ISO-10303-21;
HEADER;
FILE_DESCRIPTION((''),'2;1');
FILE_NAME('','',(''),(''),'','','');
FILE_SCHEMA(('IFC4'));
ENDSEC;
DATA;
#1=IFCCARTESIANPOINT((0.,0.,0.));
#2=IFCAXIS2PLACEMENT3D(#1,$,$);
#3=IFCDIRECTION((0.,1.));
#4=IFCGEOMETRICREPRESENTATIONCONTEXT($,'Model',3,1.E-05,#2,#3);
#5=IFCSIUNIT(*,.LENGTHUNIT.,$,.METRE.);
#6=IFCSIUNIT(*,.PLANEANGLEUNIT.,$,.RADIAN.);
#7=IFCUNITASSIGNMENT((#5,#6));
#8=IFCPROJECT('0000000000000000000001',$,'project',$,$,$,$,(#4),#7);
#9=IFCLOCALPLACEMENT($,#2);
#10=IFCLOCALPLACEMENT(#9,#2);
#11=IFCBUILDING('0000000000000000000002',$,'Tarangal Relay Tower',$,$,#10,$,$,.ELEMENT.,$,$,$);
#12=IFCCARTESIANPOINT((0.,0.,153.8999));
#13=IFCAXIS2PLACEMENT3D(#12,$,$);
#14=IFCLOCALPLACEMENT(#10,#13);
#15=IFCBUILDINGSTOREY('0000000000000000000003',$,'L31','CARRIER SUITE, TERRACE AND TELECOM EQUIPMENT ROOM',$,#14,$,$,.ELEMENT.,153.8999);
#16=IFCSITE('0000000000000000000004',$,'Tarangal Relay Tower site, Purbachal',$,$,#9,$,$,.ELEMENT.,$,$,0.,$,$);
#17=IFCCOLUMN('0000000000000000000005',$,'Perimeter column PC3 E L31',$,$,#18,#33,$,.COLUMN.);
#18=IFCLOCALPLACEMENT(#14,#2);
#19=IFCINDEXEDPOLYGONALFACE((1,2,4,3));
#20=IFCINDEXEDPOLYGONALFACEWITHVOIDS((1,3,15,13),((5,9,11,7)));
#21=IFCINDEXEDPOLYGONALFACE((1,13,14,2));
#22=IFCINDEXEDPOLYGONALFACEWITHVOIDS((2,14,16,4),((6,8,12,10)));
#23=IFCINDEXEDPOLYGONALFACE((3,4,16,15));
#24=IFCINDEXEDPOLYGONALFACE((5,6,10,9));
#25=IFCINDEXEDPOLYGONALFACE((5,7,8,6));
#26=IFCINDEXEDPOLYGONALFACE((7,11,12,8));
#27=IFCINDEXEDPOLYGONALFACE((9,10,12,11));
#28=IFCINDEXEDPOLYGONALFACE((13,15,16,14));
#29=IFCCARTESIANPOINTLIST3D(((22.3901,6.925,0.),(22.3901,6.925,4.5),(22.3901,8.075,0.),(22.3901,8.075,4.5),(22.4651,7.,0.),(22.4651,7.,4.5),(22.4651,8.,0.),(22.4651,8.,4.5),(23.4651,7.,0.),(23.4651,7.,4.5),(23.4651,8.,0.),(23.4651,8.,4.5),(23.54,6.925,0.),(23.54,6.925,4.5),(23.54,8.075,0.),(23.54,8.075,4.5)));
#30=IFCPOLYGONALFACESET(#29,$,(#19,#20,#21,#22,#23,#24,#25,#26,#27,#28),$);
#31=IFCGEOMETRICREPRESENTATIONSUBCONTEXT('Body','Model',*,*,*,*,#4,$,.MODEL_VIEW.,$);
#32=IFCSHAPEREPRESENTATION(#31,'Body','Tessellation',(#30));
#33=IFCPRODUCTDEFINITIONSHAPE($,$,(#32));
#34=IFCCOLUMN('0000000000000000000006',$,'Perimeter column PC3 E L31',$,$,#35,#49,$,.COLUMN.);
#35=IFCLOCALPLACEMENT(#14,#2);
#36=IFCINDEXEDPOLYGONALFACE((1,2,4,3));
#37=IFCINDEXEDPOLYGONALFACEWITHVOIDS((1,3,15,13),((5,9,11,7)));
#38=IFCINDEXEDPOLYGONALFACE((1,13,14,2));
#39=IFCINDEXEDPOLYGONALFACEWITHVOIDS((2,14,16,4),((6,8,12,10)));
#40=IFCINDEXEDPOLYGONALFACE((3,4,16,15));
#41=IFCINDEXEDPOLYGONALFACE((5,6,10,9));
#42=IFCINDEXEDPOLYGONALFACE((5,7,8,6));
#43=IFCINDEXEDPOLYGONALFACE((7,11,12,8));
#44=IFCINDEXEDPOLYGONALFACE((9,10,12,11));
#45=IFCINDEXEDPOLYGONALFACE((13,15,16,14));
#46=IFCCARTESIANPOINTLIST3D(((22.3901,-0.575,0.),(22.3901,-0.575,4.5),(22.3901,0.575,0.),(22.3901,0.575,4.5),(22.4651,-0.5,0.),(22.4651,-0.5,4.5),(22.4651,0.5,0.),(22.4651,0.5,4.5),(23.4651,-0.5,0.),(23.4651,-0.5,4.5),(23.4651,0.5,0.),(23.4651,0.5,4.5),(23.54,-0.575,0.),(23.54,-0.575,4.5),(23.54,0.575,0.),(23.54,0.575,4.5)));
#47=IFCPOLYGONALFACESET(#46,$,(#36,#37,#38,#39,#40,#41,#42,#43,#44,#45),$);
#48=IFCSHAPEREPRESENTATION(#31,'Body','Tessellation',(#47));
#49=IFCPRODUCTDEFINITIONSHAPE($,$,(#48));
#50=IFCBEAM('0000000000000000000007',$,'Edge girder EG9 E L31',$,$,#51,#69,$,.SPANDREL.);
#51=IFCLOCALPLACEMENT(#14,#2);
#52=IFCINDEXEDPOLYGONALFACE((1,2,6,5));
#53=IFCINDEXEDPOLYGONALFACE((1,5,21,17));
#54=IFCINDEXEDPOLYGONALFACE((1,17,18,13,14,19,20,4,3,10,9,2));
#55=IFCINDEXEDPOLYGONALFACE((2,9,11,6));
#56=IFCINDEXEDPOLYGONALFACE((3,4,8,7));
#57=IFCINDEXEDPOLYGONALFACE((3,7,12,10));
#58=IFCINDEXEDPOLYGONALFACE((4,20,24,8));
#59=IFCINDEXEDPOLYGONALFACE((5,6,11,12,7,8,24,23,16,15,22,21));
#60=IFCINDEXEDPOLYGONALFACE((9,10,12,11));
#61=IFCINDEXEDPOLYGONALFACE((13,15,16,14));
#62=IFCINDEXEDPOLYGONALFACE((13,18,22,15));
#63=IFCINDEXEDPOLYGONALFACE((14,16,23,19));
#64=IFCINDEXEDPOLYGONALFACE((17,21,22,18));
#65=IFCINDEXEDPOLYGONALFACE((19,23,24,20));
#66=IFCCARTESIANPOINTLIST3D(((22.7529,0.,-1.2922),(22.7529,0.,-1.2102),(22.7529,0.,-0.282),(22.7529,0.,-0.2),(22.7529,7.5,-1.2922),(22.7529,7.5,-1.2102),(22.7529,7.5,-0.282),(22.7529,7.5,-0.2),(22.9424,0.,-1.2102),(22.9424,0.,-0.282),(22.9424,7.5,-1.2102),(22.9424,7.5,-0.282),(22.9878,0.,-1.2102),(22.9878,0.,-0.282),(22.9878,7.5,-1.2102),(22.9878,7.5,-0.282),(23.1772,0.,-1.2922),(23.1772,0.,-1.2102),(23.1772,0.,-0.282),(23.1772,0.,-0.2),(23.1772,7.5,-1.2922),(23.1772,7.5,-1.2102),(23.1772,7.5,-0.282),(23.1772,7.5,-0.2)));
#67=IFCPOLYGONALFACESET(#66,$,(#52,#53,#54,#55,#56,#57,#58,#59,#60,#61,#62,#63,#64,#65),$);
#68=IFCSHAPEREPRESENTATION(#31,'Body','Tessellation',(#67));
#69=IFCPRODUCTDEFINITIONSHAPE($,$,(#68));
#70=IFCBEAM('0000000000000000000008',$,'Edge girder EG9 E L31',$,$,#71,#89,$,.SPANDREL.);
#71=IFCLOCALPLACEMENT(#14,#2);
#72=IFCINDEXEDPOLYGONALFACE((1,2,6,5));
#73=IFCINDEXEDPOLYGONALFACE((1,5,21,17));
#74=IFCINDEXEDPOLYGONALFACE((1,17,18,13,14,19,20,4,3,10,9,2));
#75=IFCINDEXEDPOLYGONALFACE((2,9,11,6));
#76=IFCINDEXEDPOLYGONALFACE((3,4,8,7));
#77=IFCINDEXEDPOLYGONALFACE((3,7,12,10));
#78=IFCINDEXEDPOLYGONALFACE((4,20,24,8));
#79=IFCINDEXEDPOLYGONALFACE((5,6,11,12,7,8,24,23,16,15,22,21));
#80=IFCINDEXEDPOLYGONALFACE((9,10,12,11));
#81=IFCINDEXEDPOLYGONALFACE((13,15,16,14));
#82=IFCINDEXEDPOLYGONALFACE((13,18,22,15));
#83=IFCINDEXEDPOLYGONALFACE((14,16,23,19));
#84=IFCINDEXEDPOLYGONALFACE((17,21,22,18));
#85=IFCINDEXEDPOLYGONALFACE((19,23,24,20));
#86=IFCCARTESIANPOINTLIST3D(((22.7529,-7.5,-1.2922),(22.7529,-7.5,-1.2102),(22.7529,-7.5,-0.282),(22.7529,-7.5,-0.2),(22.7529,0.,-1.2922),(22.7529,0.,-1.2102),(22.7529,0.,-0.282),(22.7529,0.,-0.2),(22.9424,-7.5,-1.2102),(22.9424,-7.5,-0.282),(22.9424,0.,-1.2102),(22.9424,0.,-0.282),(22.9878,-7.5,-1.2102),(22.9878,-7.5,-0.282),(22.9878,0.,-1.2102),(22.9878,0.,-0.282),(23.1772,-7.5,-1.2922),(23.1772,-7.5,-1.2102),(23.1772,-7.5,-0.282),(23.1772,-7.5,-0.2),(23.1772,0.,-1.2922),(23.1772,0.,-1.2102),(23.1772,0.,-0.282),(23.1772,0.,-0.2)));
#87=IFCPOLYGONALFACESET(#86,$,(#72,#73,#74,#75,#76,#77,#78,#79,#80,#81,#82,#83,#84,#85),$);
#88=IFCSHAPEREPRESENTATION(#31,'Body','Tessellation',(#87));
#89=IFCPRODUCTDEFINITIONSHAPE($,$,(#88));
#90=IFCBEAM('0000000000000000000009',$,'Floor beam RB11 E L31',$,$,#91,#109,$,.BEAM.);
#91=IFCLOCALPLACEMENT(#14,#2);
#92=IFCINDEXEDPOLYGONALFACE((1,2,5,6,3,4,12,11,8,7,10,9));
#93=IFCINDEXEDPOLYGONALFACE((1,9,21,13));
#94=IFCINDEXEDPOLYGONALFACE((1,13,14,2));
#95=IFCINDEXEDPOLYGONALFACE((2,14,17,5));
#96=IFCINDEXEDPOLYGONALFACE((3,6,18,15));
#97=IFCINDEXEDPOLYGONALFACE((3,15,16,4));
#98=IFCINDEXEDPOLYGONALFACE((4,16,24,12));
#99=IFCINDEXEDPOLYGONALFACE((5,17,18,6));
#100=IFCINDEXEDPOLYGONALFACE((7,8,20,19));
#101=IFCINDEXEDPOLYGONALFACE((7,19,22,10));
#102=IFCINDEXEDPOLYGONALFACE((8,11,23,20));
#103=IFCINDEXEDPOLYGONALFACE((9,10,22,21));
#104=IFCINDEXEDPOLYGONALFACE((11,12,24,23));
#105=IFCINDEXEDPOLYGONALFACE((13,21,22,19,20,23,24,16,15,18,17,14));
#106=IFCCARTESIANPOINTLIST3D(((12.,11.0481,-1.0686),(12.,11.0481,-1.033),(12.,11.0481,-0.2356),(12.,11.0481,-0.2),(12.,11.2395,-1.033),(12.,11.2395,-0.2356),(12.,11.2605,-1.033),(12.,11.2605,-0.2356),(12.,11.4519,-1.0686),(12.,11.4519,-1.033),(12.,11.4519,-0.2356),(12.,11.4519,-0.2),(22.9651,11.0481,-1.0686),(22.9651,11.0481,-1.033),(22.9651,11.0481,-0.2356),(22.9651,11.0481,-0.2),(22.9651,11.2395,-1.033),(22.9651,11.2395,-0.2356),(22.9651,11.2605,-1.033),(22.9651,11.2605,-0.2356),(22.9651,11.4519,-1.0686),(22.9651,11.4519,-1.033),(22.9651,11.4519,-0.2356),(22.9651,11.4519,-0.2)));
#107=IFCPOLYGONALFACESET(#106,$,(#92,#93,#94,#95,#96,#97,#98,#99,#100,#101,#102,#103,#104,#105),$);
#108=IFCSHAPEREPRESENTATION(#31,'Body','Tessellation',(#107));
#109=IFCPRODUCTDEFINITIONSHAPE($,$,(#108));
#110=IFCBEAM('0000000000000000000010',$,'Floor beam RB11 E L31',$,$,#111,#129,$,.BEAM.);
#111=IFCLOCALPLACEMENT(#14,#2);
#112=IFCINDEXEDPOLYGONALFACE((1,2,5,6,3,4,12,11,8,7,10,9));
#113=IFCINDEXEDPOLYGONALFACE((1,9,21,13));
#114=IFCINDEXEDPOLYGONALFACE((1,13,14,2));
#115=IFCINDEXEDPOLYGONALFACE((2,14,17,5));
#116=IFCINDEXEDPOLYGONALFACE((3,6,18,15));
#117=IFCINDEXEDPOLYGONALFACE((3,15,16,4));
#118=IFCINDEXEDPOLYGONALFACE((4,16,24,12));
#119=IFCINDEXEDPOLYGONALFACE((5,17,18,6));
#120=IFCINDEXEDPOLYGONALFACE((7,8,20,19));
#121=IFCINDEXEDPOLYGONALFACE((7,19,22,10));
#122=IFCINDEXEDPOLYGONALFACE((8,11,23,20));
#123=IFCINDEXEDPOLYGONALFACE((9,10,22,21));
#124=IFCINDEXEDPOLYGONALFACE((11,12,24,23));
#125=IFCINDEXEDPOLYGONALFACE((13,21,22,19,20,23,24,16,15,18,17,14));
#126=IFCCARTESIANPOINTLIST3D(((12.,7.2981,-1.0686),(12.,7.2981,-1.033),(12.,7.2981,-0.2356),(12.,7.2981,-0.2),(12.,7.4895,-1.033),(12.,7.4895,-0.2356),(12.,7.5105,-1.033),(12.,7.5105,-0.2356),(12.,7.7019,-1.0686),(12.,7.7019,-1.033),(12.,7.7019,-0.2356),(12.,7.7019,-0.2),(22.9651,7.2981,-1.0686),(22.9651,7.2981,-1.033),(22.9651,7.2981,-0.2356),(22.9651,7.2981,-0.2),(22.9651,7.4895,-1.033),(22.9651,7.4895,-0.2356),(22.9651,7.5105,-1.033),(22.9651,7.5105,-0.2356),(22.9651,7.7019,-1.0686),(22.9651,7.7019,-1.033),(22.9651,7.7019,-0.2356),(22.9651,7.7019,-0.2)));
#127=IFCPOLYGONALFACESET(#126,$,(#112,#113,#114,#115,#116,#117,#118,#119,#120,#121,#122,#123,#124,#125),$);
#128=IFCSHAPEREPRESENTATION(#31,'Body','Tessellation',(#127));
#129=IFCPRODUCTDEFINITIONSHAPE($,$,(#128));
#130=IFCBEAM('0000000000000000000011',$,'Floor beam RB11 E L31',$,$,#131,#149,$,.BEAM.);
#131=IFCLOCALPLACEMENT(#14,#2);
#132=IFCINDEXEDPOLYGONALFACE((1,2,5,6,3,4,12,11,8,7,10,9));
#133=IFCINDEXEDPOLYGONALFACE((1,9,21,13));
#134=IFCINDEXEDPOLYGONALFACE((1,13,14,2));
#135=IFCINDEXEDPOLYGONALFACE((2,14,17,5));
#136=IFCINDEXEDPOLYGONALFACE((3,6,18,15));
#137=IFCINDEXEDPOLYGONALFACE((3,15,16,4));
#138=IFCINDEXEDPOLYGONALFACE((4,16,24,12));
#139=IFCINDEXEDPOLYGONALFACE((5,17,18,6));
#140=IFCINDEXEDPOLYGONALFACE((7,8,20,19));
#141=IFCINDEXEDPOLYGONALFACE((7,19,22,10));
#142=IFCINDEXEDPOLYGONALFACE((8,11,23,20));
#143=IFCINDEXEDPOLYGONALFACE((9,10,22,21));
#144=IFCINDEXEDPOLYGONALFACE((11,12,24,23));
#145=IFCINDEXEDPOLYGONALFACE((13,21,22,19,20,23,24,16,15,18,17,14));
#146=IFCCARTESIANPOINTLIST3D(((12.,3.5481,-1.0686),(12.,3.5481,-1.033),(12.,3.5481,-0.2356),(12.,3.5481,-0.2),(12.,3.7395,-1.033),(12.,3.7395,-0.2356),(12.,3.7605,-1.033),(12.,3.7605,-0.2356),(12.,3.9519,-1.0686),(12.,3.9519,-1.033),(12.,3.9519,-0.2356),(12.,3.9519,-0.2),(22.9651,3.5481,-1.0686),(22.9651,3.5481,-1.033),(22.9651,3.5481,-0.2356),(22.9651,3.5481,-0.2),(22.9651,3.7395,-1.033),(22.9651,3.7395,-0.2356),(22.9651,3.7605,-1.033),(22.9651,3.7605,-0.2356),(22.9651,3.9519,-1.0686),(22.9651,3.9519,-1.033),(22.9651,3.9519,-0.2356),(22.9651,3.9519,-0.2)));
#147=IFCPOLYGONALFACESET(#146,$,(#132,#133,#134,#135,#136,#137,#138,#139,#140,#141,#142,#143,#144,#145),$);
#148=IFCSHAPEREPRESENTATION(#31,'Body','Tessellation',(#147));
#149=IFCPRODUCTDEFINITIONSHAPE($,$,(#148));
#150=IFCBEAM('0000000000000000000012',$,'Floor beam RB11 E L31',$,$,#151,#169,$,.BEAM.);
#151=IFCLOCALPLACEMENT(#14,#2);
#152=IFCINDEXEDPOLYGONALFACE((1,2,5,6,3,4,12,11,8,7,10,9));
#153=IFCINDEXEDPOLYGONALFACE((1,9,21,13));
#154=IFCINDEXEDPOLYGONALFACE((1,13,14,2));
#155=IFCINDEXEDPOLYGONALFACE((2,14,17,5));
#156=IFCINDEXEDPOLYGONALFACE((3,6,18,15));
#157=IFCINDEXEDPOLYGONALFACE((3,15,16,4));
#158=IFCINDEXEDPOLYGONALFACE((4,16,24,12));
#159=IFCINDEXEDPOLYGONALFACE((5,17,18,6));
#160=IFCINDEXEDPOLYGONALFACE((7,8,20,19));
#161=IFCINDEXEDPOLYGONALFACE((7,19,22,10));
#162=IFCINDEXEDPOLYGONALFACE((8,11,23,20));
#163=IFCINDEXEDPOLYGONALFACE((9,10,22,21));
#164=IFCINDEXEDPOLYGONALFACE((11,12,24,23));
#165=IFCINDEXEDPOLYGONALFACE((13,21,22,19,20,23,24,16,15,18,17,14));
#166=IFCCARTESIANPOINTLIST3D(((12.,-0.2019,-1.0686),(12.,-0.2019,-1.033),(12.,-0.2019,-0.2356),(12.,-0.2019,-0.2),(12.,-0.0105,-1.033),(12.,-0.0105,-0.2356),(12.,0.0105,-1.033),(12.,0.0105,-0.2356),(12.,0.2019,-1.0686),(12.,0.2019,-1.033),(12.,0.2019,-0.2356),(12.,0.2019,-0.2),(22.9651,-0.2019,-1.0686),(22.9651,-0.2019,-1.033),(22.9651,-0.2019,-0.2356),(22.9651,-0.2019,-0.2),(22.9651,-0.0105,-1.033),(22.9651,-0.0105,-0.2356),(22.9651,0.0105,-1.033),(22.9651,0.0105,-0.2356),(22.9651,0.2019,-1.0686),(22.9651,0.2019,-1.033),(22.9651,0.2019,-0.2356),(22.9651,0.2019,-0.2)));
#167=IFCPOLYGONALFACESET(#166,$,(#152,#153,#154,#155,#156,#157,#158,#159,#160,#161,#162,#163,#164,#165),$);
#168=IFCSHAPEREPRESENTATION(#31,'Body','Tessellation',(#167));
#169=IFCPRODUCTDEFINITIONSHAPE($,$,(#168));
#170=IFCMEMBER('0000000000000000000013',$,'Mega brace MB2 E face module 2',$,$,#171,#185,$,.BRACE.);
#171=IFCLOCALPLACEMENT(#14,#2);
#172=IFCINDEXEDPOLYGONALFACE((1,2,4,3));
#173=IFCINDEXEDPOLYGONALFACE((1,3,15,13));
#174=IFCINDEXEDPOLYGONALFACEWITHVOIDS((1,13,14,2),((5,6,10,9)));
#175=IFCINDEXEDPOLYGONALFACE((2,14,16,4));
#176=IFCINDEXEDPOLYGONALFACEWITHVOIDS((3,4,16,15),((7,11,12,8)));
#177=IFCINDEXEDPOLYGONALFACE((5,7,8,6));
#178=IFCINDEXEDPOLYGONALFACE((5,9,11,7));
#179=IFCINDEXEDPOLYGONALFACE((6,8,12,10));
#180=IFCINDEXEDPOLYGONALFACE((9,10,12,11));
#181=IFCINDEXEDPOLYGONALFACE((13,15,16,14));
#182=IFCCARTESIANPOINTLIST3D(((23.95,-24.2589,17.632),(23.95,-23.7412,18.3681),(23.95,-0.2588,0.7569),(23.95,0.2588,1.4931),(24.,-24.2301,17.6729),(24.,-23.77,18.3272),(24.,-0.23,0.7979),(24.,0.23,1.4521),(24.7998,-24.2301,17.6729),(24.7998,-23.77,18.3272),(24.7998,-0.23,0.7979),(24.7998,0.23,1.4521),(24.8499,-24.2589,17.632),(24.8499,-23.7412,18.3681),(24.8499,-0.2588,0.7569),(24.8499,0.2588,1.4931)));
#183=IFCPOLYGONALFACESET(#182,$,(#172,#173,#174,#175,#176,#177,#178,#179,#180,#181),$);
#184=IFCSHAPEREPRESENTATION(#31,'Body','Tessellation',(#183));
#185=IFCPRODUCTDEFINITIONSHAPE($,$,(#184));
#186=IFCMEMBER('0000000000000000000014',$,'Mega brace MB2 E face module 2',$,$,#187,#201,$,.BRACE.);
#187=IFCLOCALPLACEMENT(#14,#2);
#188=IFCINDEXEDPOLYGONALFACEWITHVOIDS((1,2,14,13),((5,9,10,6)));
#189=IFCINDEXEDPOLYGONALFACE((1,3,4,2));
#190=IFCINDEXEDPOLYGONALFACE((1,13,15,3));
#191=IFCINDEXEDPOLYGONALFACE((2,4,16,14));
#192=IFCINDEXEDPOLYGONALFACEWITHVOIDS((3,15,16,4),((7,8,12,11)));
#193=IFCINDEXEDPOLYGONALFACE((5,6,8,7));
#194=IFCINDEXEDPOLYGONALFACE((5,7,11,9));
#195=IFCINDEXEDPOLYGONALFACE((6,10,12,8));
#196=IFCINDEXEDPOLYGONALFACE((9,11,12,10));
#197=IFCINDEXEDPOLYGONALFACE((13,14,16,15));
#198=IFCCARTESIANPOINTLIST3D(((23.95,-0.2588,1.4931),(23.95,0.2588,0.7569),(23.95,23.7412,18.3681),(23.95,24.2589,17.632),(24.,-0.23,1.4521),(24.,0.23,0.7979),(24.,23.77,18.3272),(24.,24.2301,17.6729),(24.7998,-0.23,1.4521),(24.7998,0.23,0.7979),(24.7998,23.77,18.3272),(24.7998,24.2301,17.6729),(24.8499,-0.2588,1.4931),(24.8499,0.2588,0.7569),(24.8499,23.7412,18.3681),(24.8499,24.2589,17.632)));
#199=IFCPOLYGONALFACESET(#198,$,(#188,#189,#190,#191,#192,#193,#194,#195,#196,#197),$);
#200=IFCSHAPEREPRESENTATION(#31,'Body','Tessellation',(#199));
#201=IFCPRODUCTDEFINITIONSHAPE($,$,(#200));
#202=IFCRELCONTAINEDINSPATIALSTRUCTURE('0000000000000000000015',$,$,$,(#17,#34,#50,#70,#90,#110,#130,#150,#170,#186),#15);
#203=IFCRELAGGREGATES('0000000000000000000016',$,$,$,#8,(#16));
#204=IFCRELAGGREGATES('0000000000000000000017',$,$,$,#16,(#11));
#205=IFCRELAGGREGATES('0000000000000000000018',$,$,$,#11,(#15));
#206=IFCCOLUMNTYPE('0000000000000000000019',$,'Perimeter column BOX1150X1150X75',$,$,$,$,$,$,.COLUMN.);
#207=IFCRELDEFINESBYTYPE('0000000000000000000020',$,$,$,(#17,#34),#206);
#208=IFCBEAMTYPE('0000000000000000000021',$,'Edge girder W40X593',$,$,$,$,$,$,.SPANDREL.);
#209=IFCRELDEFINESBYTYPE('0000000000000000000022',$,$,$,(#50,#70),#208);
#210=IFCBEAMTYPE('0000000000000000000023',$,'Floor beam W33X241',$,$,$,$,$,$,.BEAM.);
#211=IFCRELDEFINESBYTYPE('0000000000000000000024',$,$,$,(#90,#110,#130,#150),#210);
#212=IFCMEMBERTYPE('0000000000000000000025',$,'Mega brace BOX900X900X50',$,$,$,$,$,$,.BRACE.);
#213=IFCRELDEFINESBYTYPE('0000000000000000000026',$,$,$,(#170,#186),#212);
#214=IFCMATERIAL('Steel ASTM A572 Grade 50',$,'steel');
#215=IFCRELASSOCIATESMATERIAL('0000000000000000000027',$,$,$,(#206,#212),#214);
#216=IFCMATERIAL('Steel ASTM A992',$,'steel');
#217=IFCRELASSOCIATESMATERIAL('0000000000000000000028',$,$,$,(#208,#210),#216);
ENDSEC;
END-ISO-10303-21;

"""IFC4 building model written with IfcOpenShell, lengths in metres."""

from ifc_helpers import new_model, si_unit, direction, frame, origin, origin_2d, place, context, subcontext, project, spatial, hollow_rectangle, i_section, extrude, material, material_profile, profile_set, type_object, element, save


model = new_model("IFC4")

# Units and contexts
model_context = context("Model", 3, precision=1e-05, world=origin(), true_north=direction((0.0, 1.0)))
body_context = subcontext(model_context, "Body", "Model", "MODEL_VIEW")
ifc_project = project(units=[si_unit("LENGTHUNIT", "METRE"), si_unit("PLANEANGLEUNIT", "RADIAN")], contexts=[model_context])

# Site, building, storey
site_placement = place(None, origin())
site = spatial("IfcSite", under=ifc_project, at=site_placement, Name="Tarangal Relay Tower site, Purbachal", CompositionType="ELEMENT", RefElevation=0.0)
building_placement = place(site_placement, origin())
building = spatial("IfcBuilding", under=site, at=building_placement, Name="Tarangal Relay Tower", CompositionType="ELEMENT")
storey_placement = place(building_placement, frame((0.0, 0.0, 153.8999)))
storey = spatial("IfcBuildingStorey", under=building, at=storey_placement, Name="L31", Description="CARRIER SUITE, TERRACE AND TELECOM EQUIPMENT ROOM", CompositionType="ELEMENT", Elevation=153.8999)

# Columns
ifc_material_1 = material(Name="Steel ASTM A572 Grade 50", Category="steel")
ifc_material_profile_1 = material_profile(ifc_material_1, hollow_rectangle(XDim=1.1499, YDim=1.1499, WallThickness=0.075, at=origin_2d()), Name="BOX1150X1150X75")
ifc_profile_set_1 = profile_set([ifc_material_profile_1], Name="Steel ASTM A572 Grade 50")
column_type = type_object("IfcColumnType", Name="Perimeter column BOX1150X1150X75", PredefinedType="COLUMN", material=ifc_profile_set_1)
for number, where, z_axis, x_axis, name in (
    (1, (22.9651, 7.5, 0.0), (0.0, 0.0, 1.0), (1.0, 0.0, 0.0), "Perimeter column PC3 E L31"),
    (2, (22.9651, 0.0, 0.0), (0.0, 0.0, 1.0), (1.0, 0.0, 0.0), "Perimeter column PC3 E L31"),
):
    element("IfcColumn", number, at=place(storey_placement, frame(where, z_axis=z_axis, x_axis=x_axis)), inside=storey, type_object=column_type, Name=name, PredefinedType="COLUMN", context=body_context, shape_type="SweptSolid", body=[
        extrude(hollow_rectangle(XDim=1.1499, YDim=1.1499, WallThickness=0.075, at=origin_2d()), origin(), (0.0, 0.0, 1.0), 4.5),
    ])

# Beams
ifc_material_2 = material(Name="Steel ASTM A992", Category="steel")
ifc_material_profile_2 = material_profile(ifc_material_2, i_section(OverallWidth=0.4243, OverallDepth=1.0923, WebThickness=0.0454, FlangeThickness=0.082, at=origin_2d()), Name="W40X593")
ifc_profile_set_2 = profile_set([ifc_material_profile_2], Name="Steel ASTM A992")
beam_type_1 = type_object("IfcBeamType", Name="Edge girder W40X593", PredefinedType="SPANDREL", material=ifc_profile_set_2)
for number, where, z_axis, x_axis, name in (
    (3, (22.9651, 7.5, -0.7461), (0.0, -1.0, 0.0), (1.0, 0.0, 0.0), "Edge girder EG9 E L31"),
    (4, (22.9651, 0.0, -0.7461), (0.0, -1.0, 0.0), (1.0, 0.0, 0.0), "Edge girder EG9 E L31"),
):
    element("IfcBeam", number, at=place(storey_placement, frame(where, z_axis=z_axis, x_axis=x_axis)), inside=storey, type_object=beam_type_1, Name=name, PredefinedType="SPANDREL", context=body_context, shape_type="SweptSolid", body=[
        extrude(i_section(OverallWidth=0.4243, OverallDepth=1.0923, WebThickness=0.0454, FlangeThickness=0.082, at=origin_2d()), origin(), (0.0, 0.0, 1.0), 7.5),
    ])
ifc_material_profile_3 = material_profile(ifc_material_2, i_section(OverallWidth=0.4038, OverallDepth=0.8687, WebThickness=0.021, FlangeThickness=0.0356, at=origin_2d()), Name="W33X241")
ifc_profile_set_3 = profile_set([ifc_material_profile_3], Name="Steel ASTM A992")
beam_type_2 = type_object("IfcBeamType", Name="Floor beam W33X241", PredefinedType="BEAM", material=ifc_profile_set_3)
for number, where, z_axis, x_axis, name in (
    (5, (12.0, 11.25, -0.6343), (1.0, 0.0, 0.0), (0.0, 1.0, 0.0), "Floor beam RB11 E L31"),
    (6, (12.0, 7.5, -0.6343), (1.0, 0.0, 0.0), (0.0, 1.0, 0.0), "Floor beam RB11 E L31"),
    (7, (12.0, 3.75, -0.6343), (1.0, 0.0, 0.0), (0.0, 1.0, 0.0), "Floor beam RB11 E L31"),
    (8, (12.0, 0.0, -0.6343), (1.0, 0.0, 0.0), (0.0, 1.0, 0.0), "Floor beam RB11 E L31"),
):
    element("IfcBeam", number, at=place(storey_placement, frame(where, z_axis=z_axis, x_axis=x_axis)), inside=storey, type_object=beam_type_2, Name=name, PredefinedType="BEAM", context=body_context, shape_type="SweptSolid", body=[
        extrude(i_section(OverallWidth=0.4038, OverallDepth=0.8687, WebThickness=0.021, FlangeThickness=0.0356, at=origin_2d()), origin(), (0.0, 0.0, 1.0), 10.9651),
    ])

# Members
ifc_material_profile_4 = material_profile(ifc_material_1, hollow_rectangle(XDim=0.8999, YDim=0.8999, WallThickness=0.05, at=origin_2d()), Name="BOX900X900X50")
ifc_profile_set_4 = profile_set([ifc_material_profile_4], Name="Steel ASTM A572 Grade 50")
member_type = type_object("IfcMemberType", Name="Mega brace BOX900X900X50", PredefinedType="BRACE", material=ifc_profile_set_4)
for number, where, z_axis, x_axis, name in (
    (9, (24.3999, 0.0, 1.125), (0.0, -0.818029, 0.575177), (1.0, 0.0, 0.0), "Mega brace MB2 E face module 2"),
    (10, (24.3999, 0.0, 1.125), (0.0, 0.818029, 0.575177), (-1.0, 0.0, 0.0), "Mega brace MB2 E face module 2"),
):
    element("IfcMember", number, at=place(storey_placement, frame(where, z_axis=z_axis, x_axis=x_axis)), inside=storey, type_object=member_type, Name=name, PredefinedType="BRACE", context=body_context, shape_type="SweptSolid", body=[
        extrude(hollow_rectangle(XDim=0.8999, YDim=0.8999, WallThickness=0.05, at=origin_2d()), origin(), (0.0, 0.0, 1.0), 29.3389),
    ])

save(model, "model.ifc")
